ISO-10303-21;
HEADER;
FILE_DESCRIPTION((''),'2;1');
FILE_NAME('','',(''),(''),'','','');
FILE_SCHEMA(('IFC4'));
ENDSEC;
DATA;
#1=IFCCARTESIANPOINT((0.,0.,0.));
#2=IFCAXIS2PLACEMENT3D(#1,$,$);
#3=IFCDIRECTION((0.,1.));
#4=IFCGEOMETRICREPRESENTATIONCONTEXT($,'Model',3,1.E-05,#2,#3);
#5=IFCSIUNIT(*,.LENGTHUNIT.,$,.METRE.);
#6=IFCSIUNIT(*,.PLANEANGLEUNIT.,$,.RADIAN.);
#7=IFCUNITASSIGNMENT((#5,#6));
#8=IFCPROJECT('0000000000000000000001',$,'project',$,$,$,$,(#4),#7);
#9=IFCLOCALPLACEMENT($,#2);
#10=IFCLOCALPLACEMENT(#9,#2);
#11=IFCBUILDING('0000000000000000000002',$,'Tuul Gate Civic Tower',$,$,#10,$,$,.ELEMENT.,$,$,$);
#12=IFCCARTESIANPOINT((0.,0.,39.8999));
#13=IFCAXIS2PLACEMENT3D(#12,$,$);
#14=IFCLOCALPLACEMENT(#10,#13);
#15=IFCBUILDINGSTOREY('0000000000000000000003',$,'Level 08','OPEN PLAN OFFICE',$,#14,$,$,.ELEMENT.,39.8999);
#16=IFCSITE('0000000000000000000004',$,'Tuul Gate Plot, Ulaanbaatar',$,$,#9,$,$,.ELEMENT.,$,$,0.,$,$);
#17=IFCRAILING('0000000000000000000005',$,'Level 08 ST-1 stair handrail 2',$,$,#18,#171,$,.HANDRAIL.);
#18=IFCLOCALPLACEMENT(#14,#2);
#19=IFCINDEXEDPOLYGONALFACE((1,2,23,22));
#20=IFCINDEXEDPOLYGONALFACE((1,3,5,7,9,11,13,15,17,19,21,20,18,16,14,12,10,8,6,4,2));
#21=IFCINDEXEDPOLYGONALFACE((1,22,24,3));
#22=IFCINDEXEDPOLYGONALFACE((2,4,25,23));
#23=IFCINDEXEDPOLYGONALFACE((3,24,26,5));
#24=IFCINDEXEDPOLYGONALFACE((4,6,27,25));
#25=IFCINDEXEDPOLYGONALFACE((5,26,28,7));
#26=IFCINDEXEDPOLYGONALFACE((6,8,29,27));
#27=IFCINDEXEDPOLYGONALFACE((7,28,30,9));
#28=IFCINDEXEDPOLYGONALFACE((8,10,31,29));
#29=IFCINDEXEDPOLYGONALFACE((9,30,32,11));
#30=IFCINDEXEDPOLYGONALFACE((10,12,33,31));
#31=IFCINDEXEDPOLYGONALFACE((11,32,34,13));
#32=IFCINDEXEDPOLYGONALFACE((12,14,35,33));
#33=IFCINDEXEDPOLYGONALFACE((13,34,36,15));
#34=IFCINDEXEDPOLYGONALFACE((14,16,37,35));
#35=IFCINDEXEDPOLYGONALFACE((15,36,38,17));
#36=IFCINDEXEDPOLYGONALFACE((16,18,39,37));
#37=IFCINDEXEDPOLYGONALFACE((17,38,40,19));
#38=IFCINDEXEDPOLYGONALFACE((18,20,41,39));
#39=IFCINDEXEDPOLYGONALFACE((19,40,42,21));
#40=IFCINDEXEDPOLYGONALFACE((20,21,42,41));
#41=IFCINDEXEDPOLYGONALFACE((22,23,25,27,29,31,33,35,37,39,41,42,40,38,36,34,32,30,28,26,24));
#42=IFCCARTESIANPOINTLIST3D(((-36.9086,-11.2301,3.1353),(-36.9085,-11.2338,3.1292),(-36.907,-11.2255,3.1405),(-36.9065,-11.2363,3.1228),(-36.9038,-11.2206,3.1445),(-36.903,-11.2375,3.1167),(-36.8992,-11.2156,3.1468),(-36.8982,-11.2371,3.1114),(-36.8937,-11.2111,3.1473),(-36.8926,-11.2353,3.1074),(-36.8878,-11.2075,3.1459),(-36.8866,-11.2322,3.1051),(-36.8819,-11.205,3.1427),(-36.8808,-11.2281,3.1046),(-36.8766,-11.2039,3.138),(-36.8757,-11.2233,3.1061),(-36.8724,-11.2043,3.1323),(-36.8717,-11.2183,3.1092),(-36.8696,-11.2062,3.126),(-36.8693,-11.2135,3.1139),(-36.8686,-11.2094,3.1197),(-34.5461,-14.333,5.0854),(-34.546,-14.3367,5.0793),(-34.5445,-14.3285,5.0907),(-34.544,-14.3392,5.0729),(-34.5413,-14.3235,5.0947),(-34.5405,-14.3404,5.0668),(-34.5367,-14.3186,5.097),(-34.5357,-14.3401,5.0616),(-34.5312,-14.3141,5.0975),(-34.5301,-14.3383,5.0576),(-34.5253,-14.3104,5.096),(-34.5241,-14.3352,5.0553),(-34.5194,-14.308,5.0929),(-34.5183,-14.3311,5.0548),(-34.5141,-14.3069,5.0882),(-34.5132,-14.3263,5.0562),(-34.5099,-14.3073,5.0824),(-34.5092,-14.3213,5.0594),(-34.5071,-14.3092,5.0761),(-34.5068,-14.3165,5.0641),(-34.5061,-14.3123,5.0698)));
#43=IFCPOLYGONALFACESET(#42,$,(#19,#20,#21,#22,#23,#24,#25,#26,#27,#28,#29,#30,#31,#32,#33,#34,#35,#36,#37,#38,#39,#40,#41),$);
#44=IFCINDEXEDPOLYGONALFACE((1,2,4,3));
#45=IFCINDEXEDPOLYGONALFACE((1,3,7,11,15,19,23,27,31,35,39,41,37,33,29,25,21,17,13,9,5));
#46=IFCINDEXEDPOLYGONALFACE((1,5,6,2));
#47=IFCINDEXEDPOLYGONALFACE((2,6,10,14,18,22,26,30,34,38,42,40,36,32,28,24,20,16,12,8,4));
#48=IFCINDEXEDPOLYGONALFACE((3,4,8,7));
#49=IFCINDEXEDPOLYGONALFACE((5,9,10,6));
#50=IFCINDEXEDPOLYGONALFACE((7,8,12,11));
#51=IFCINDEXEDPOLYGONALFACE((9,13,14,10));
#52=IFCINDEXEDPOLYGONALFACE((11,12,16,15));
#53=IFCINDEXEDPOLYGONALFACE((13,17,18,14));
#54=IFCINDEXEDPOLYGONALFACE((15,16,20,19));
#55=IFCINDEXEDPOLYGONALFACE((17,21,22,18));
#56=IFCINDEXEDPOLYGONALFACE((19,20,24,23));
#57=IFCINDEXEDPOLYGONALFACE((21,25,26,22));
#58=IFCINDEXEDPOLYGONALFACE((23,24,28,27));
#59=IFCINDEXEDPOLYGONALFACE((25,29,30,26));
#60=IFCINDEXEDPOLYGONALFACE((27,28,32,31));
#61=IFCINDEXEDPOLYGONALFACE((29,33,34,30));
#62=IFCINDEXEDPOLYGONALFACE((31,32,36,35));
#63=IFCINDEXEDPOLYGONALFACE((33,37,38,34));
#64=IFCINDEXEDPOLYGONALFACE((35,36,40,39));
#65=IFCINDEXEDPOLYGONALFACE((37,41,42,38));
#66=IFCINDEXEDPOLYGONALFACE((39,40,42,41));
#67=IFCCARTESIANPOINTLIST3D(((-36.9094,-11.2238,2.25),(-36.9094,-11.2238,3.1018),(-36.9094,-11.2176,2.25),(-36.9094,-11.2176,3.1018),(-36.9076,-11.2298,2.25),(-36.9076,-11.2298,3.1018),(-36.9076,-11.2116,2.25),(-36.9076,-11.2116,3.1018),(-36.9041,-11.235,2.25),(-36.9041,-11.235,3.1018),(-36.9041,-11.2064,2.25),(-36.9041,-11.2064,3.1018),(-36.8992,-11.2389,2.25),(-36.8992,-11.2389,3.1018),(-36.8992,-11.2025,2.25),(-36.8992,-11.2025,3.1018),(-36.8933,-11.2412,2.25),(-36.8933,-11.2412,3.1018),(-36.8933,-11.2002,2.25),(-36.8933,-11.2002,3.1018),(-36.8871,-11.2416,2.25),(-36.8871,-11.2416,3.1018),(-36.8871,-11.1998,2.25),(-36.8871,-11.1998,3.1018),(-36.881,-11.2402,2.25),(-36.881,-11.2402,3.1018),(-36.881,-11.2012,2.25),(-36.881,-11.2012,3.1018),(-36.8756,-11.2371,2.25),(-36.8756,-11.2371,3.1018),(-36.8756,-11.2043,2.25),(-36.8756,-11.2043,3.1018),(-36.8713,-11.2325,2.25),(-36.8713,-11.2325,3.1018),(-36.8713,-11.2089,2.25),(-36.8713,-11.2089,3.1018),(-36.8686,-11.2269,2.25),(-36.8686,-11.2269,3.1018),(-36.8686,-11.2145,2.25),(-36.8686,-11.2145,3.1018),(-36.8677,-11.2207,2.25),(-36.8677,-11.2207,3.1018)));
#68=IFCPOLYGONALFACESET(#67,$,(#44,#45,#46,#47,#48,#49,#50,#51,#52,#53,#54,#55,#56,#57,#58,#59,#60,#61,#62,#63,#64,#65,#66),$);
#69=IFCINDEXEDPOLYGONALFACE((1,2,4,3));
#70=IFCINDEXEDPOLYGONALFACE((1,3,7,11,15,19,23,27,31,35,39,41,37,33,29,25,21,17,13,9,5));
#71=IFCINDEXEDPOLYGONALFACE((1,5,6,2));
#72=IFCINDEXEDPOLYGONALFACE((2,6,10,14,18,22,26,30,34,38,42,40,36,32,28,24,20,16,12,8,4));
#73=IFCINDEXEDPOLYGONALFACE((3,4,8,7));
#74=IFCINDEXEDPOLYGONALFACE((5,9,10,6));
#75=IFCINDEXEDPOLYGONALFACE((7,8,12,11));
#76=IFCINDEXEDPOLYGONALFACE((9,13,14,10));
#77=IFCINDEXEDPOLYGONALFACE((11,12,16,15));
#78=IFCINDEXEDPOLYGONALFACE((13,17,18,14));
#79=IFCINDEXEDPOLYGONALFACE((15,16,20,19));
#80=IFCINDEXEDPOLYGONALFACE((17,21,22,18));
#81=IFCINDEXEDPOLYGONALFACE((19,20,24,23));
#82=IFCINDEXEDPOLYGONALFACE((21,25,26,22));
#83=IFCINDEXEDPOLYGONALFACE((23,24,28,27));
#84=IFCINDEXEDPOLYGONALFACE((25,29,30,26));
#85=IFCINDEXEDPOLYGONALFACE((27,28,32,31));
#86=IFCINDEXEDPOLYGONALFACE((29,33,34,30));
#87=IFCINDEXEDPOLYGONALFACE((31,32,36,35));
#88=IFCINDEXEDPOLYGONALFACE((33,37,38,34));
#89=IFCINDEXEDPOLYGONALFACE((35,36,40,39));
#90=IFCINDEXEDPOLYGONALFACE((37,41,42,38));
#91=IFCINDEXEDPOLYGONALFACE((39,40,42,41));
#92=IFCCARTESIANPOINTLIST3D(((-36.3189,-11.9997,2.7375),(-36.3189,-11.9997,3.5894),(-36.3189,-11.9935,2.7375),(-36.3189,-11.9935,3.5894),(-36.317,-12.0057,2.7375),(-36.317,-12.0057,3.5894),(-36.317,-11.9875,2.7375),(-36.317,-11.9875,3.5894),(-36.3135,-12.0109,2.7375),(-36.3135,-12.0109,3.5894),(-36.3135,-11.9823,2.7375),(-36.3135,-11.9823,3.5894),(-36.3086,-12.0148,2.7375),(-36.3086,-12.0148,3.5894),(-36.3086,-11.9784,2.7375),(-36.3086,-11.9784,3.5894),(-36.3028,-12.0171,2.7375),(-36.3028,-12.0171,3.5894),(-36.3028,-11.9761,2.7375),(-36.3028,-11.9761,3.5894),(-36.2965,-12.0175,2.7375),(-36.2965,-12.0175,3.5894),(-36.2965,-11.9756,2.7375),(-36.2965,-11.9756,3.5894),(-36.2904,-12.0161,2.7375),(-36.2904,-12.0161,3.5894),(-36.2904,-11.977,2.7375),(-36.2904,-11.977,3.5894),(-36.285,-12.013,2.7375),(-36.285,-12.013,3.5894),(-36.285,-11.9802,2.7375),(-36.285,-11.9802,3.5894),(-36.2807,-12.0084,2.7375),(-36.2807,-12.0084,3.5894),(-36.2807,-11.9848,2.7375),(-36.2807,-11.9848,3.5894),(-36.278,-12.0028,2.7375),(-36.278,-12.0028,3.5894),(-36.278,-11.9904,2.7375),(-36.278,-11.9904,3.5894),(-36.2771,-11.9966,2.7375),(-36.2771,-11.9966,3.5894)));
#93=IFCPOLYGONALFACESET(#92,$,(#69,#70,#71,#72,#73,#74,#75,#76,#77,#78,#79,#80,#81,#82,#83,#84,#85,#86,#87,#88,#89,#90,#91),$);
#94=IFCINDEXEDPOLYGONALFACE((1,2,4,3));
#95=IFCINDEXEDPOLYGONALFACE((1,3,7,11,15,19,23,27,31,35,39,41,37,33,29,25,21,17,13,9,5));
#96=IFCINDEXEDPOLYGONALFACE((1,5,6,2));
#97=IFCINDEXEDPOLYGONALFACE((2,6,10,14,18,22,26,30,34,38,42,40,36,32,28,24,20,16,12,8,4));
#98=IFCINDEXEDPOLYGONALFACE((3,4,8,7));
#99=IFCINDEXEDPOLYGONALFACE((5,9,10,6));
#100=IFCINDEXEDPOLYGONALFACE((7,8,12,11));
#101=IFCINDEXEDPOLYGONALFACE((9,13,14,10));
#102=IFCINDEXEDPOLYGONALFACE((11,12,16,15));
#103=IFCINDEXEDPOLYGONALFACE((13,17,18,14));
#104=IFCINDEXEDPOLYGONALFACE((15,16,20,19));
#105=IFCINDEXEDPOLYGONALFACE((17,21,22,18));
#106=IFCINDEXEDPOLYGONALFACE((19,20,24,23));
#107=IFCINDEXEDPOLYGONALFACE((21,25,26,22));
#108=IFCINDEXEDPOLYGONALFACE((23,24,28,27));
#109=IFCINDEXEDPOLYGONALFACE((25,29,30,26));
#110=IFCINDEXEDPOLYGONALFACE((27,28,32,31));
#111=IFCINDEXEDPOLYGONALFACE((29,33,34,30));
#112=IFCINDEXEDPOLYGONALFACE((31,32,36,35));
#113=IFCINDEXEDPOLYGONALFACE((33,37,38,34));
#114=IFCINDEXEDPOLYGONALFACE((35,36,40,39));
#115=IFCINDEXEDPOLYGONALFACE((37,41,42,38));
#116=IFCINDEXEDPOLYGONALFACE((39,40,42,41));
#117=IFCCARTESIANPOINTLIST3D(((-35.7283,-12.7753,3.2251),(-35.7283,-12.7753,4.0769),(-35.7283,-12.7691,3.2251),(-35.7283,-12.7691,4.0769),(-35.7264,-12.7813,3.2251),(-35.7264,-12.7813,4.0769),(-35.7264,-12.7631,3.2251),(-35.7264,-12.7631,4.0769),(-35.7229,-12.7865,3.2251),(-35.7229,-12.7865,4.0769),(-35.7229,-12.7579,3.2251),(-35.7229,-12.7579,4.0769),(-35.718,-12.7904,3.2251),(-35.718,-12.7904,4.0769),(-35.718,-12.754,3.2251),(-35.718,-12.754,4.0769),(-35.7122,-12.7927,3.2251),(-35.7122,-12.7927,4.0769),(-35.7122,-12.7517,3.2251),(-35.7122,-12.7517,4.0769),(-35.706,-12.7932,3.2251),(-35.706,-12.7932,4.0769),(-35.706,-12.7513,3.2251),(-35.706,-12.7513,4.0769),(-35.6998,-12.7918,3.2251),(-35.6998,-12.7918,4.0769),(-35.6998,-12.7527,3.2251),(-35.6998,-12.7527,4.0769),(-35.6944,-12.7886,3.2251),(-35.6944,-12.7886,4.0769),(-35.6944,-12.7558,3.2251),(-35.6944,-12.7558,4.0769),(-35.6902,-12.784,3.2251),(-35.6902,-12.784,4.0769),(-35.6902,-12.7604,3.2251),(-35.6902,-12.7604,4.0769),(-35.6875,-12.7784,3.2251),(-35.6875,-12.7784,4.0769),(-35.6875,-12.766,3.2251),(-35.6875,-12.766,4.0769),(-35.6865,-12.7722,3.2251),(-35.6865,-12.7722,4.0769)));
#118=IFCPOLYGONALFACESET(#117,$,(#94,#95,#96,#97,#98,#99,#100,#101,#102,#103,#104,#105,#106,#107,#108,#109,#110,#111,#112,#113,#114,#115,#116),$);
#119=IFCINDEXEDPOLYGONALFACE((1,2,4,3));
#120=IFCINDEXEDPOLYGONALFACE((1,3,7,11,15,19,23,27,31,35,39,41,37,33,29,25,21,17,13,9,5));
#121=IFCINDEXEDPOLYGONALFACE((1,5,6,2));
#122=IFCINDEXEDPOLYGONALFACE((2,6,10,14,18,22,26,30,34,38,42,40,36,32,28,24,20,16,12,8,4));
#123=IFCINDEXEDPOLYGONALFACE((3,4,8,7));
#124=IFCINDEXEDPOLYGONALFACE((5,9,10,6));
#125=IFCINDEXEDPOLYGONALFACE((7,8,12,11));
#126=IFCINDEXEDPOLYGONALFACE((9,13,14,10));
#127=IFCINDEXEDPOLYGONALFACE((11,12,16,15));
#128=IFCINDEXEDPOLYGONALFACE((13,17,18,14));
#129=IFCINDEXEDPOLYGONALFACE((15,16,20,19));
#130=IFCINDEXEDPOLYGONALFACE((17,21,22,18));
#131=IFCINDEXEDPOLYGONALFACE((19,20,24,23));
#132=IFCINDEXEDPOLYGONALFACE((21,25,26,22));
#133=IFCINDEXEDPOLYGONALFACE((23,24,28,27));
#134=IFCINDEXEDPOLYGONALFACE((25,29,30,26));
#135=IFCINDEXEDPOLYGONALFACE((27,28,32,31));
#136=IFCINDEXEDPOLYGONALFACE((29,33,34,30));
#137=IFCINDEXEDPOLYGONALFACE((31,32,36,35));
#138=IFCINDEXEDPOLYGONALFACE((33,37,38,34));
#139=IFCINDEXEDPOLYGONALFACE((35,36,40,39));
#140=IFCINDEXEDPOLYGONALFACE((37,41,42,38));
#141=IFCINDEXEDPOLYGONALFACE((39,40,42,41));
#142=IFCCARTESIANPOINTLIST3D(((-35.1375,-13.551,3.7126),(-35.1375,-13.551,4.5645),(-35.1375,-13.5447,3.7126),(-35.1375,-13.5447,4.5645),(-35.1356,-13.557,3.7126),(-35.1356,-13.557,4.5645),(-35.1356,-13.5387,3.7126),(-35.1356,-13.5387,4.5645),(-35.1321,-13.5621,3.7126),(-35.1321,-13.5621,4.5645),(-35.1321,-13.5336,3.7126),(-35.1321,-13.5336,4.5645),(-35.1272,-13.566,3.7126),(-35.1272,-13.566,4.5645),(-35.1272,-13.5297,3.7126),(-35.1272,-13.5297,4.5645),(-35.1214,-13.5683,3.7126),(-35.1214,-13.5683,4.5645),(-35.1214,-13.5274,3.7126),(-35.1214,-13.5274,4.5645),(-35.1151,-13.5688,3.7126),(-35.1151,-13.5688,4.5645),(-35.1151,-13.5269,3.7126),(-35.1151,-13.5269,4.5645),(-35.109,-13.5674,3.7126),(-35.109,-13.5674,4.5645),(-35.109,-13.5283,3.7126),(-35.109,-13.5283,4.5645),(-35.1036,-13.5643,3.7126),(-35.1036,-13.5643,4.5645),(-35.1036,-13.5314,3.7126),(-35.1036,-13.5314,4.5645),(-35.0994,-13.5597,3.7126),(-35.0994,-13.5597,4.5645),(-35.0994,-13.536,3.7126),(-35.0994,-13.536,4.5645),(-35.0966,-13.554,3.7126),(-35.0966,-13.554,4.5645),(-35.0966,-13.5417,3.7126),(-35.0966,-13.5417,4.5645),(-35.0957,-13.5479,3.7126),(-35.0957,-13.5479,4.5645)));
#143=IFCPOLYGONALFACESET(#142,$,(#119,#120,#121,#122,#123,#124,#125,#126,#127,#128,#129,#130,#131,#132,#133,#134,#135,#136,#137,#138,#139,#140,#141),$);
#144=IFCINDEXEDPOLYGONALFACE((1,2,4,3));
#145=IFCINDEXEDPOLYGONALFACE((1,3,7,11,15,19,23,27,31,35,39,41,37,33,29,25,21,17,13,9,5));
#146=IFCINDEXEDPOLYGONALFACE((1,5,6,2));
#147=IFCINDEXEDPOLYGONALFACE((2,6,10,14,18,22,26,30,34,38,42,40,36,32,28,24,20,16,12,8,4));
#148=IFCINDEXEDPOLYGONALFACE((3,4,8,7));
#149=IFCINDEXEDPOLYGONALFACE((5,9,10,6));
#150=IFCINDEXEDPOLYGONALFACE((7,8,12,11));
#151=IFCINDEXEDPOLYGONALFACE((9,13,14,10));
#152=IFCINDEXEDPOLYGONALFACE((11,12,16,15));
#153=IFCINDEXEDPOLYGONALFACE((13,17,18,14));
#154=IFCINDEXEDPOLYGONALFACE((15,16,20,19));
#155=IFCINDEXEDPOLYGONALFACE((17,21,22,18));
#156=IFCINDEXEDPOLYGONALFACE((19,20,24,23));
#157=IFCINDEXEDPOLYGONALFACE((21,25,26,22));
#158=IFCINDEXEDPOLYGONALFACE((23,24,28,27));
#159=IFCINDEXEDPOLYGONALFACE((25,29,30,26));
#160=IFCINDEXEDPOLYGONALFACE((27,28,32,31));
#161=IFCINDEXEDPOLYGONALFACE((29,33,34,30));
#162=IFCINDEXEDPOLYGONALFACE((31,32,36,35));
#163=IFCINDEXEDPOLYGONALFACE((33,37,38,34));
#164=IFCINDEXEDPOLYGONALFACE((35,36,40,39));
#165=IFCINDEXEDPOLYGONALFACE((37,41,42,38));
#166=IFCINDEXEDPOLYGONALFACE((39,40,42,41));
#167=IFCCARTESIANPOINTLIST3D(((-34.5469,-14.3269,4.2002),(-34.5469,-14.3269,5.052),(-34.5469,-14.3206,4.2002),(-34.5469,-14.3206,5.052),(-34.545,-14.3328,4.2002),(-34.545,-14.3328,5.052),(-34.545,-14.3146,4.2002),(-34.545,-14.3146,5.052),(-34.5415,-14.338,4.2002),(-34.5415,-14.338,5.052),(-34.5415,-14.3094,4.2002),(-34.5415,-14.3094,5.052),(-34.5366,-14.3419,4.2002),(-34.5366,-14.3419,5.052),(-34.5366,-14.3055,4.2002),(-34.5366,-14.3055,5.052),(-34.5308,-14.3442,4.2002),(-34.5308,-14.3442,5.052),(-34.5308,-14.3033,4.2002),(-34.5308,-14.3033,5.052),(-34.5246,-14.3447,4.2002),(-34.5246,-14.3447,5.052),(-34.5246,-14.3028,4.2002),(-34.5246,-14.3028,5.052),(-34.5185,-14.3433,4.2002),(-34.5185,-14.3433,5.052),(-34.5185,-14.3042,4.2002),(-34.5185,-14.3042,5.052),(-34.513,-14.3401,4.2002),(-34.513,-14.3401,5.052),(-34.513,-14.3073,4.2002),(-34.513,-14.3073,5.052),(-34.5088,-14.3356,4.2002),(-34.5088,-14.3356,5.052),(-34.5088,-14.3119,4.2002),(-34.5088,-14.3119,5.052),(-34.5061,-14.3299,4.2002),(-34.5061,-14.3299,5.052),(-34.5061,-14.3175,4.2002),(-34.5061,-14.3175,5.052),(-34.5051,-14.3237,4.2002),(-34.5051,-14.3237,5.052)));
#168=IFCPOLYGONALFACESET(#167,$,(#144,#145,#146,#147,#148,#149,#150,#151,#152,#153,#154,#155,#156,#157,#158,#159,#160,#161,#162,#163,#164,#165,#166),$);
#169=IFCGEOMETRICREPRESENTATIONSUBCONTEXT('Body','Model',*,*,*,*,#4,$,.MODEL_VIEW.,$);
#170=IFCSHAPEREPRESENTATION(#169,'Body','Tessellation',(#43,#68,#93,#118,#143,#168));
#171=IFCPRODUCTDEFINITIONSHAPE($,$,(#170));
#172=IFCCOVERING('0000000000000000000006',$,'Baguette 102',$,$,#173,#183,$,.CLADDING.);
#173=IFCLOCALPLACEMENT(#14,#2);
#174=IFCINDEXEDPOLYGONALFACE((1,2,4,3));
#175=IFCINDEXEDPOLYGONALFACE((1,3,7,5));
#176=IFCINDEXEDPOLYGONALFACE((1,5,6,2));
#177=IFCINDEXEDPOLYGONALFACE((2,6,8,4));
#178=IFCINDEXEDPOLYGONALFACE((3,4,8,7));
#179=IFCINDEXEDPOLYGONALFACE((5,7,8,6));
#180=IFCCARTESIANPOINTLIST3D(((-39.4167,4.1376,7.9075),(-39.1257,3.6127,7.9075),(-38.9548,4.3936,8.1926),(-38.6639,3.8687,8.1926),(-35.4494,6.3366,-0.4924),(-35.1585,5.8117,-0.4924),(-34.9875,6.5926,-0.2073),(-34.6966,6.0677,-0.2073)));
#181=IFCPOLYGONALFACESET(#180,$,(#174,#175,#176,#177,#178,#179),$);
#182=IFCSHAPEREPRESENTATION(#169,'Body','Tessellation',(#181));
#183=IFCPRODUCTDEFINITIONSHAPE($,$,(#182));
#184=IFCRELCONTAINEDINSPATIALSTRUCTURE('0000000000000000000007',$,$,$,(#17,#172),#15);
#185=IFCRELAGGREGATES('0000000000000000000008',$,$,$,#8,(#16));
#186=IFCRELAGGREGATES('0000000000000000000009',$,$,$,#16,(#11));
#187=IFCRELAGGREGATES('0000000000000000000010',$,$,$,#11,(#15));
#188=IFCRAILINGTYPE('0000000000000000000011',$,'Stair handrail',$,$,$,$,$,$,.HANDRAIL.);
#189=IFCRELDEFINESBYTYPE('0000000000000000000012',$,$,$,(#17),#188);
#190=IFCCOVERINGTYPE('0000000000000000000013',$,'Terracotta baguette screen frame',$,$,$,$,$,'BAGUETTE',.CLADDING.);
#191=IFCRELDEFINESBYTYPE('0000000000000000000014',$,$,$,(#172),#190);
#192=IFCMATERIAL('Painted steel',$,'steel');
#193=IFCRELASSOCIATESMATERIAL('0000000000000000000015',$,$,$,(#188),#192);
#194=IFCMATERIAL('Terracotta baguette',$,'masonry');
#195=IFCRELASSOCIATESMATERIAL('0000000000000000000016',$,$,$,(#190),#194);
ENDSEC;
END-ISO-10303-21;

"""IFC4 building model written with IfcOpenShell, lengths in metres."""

from ifc_helpers import new_model, si_unit, direction, frame, origin, origin_2d, place, context, subcontext, project, spatial, rectangle, circle, extrude, material, material_profile, profile_set, type_object, element, save


model = new_model("IFC4")

# Units and contexts
model_context = context("Model", 3, precision=1e-05, world=origin(), true_north=direction((0.0, 1.0)))
body_context = subcontext(model_context, "Body", "Model", "MODEL_VIEW")
ifc_project = project(units=[si_unit("LENGTHUNIT", "METRE"), si_unit("PLANEANGLEUNIT", "RADIAN")], contexts=[model_context])

# Site, building, storey
site_placement = place(None, origin())
site = spatial("IfcSite", under=ifc_project, at=site_placement, Name="Tuul Gate Plot, Ulaanbaatar", CompositionType="ELEMENT", RefElevation=0.0)
building_placement = place(site_placement, origin())
building = spatial("IfcBuilding", under=site, at=building_placement, Name="Tuul Gate Civic Tower", CompositionType="ELEMENT")
storey_placement = place(building_placement, frame((0.0, 0.0, 39.8999)))
storey = spatial("IfcBuildingStorey", under=building, at=storey_placement, Name="Level 08", Description="OPEN PLAN OFFICE", CompositionType="ELEMENT", Elevation=39.8999)

# Railing
ifc_material_1 = material(Name="Painted steel", Category="steel")
railing_type_1 = type_object("IfcRailingType", Name="Stair handrail", PredefinedType="HANDRAIL", material=ifc_material_1)
railing_1_placement = place(storey_placement, frame((-36.8887, -11.2207, 2.25)))
element("IfcRailing", 1, at=railing_1_placement, inside=storey, type_object=railing_type_1, Name="Level 08 ST-1 stair handrail 2", PredefinedType="HANDRAIL", context=body_context, shape_type="SweptSolid", body=[
    extrude(circle(Radius=0.0239, at=origin_2d()), frame((0.0, 0.0, 0.876), z_axis=(0.541811, -0.711627, 0.447245), x_axis=(0.795637, 0.605773, 0.0)), (0.0, 0.0, 1.0), 4.3604),
    extrude(circle(Radius=0.021, at=origin_2d()), origin(), (0.0, 0.0, 1.0), 0.8518),
    extrude(circle(Radius=0.021, at=origin_2d()), frame((0.5906, -0.7759, 0.4875)), (0.0, 0.0, 1.0), 0.8518),
    extrude(circle(Radius=0.021, at=origin_2d()), frame((1.1812, -1.5515, 0.9751)), (0.0, 0.0, 1.0), 0.8518),
    extrude(circle(Radius=0.021, at=origin_2d()), frame((1.772, -2.3271, 1.4626)), (0.0, 0.0, 1.0), 0.8518),
    extrude(circle(Radius=0.021, at=origin_2d()), frame((2.3625, -3.103, 1.9502)), (0.0, 0.0, 1.0), 0.8518),
])

# Covering
ifc_material_2 = material(Name="Terracotta baguette", Category="masonry")
ifc_material_profile_1 = material_profile(ifc_material_2, rectangle(XDim=0.6001, YDim=0.6001, at=origin_2d()), Name="Terracotta baguette screen frame")
ifc_profile_set_1 = profile_set([ifc_material_profile_1], Name="Terracotta baguette")
covering_type = type_object("IfcCoveringType", Name="Terracotta baguette screen frame", ElementType="BAGUETTE", PredefinedType="CLADDING", material=ifc_profile_set_1)
covering_placement = place(storey_placement, frame((-35.073, 6.2021, -0.3499), z_axis=(-0.41558, -0.230347, 0.879905), x_axis=(0.484788, -0.874632, 0.0)))
element("IfcCovering", 2, at=covering_placement, inside=storey, type_object=covering_type, Name="Baguette 102", PredefinedType="CLADDING", context=body_context, shape_type="SweptSolid", body=[
    extrude(rectangle(XDim=0.6001, YDim=0.6001, at=origin_2d()), origin(), (0.0, 0.0, 1.0), 9.5464),
])

save(model, "model.ifc")
